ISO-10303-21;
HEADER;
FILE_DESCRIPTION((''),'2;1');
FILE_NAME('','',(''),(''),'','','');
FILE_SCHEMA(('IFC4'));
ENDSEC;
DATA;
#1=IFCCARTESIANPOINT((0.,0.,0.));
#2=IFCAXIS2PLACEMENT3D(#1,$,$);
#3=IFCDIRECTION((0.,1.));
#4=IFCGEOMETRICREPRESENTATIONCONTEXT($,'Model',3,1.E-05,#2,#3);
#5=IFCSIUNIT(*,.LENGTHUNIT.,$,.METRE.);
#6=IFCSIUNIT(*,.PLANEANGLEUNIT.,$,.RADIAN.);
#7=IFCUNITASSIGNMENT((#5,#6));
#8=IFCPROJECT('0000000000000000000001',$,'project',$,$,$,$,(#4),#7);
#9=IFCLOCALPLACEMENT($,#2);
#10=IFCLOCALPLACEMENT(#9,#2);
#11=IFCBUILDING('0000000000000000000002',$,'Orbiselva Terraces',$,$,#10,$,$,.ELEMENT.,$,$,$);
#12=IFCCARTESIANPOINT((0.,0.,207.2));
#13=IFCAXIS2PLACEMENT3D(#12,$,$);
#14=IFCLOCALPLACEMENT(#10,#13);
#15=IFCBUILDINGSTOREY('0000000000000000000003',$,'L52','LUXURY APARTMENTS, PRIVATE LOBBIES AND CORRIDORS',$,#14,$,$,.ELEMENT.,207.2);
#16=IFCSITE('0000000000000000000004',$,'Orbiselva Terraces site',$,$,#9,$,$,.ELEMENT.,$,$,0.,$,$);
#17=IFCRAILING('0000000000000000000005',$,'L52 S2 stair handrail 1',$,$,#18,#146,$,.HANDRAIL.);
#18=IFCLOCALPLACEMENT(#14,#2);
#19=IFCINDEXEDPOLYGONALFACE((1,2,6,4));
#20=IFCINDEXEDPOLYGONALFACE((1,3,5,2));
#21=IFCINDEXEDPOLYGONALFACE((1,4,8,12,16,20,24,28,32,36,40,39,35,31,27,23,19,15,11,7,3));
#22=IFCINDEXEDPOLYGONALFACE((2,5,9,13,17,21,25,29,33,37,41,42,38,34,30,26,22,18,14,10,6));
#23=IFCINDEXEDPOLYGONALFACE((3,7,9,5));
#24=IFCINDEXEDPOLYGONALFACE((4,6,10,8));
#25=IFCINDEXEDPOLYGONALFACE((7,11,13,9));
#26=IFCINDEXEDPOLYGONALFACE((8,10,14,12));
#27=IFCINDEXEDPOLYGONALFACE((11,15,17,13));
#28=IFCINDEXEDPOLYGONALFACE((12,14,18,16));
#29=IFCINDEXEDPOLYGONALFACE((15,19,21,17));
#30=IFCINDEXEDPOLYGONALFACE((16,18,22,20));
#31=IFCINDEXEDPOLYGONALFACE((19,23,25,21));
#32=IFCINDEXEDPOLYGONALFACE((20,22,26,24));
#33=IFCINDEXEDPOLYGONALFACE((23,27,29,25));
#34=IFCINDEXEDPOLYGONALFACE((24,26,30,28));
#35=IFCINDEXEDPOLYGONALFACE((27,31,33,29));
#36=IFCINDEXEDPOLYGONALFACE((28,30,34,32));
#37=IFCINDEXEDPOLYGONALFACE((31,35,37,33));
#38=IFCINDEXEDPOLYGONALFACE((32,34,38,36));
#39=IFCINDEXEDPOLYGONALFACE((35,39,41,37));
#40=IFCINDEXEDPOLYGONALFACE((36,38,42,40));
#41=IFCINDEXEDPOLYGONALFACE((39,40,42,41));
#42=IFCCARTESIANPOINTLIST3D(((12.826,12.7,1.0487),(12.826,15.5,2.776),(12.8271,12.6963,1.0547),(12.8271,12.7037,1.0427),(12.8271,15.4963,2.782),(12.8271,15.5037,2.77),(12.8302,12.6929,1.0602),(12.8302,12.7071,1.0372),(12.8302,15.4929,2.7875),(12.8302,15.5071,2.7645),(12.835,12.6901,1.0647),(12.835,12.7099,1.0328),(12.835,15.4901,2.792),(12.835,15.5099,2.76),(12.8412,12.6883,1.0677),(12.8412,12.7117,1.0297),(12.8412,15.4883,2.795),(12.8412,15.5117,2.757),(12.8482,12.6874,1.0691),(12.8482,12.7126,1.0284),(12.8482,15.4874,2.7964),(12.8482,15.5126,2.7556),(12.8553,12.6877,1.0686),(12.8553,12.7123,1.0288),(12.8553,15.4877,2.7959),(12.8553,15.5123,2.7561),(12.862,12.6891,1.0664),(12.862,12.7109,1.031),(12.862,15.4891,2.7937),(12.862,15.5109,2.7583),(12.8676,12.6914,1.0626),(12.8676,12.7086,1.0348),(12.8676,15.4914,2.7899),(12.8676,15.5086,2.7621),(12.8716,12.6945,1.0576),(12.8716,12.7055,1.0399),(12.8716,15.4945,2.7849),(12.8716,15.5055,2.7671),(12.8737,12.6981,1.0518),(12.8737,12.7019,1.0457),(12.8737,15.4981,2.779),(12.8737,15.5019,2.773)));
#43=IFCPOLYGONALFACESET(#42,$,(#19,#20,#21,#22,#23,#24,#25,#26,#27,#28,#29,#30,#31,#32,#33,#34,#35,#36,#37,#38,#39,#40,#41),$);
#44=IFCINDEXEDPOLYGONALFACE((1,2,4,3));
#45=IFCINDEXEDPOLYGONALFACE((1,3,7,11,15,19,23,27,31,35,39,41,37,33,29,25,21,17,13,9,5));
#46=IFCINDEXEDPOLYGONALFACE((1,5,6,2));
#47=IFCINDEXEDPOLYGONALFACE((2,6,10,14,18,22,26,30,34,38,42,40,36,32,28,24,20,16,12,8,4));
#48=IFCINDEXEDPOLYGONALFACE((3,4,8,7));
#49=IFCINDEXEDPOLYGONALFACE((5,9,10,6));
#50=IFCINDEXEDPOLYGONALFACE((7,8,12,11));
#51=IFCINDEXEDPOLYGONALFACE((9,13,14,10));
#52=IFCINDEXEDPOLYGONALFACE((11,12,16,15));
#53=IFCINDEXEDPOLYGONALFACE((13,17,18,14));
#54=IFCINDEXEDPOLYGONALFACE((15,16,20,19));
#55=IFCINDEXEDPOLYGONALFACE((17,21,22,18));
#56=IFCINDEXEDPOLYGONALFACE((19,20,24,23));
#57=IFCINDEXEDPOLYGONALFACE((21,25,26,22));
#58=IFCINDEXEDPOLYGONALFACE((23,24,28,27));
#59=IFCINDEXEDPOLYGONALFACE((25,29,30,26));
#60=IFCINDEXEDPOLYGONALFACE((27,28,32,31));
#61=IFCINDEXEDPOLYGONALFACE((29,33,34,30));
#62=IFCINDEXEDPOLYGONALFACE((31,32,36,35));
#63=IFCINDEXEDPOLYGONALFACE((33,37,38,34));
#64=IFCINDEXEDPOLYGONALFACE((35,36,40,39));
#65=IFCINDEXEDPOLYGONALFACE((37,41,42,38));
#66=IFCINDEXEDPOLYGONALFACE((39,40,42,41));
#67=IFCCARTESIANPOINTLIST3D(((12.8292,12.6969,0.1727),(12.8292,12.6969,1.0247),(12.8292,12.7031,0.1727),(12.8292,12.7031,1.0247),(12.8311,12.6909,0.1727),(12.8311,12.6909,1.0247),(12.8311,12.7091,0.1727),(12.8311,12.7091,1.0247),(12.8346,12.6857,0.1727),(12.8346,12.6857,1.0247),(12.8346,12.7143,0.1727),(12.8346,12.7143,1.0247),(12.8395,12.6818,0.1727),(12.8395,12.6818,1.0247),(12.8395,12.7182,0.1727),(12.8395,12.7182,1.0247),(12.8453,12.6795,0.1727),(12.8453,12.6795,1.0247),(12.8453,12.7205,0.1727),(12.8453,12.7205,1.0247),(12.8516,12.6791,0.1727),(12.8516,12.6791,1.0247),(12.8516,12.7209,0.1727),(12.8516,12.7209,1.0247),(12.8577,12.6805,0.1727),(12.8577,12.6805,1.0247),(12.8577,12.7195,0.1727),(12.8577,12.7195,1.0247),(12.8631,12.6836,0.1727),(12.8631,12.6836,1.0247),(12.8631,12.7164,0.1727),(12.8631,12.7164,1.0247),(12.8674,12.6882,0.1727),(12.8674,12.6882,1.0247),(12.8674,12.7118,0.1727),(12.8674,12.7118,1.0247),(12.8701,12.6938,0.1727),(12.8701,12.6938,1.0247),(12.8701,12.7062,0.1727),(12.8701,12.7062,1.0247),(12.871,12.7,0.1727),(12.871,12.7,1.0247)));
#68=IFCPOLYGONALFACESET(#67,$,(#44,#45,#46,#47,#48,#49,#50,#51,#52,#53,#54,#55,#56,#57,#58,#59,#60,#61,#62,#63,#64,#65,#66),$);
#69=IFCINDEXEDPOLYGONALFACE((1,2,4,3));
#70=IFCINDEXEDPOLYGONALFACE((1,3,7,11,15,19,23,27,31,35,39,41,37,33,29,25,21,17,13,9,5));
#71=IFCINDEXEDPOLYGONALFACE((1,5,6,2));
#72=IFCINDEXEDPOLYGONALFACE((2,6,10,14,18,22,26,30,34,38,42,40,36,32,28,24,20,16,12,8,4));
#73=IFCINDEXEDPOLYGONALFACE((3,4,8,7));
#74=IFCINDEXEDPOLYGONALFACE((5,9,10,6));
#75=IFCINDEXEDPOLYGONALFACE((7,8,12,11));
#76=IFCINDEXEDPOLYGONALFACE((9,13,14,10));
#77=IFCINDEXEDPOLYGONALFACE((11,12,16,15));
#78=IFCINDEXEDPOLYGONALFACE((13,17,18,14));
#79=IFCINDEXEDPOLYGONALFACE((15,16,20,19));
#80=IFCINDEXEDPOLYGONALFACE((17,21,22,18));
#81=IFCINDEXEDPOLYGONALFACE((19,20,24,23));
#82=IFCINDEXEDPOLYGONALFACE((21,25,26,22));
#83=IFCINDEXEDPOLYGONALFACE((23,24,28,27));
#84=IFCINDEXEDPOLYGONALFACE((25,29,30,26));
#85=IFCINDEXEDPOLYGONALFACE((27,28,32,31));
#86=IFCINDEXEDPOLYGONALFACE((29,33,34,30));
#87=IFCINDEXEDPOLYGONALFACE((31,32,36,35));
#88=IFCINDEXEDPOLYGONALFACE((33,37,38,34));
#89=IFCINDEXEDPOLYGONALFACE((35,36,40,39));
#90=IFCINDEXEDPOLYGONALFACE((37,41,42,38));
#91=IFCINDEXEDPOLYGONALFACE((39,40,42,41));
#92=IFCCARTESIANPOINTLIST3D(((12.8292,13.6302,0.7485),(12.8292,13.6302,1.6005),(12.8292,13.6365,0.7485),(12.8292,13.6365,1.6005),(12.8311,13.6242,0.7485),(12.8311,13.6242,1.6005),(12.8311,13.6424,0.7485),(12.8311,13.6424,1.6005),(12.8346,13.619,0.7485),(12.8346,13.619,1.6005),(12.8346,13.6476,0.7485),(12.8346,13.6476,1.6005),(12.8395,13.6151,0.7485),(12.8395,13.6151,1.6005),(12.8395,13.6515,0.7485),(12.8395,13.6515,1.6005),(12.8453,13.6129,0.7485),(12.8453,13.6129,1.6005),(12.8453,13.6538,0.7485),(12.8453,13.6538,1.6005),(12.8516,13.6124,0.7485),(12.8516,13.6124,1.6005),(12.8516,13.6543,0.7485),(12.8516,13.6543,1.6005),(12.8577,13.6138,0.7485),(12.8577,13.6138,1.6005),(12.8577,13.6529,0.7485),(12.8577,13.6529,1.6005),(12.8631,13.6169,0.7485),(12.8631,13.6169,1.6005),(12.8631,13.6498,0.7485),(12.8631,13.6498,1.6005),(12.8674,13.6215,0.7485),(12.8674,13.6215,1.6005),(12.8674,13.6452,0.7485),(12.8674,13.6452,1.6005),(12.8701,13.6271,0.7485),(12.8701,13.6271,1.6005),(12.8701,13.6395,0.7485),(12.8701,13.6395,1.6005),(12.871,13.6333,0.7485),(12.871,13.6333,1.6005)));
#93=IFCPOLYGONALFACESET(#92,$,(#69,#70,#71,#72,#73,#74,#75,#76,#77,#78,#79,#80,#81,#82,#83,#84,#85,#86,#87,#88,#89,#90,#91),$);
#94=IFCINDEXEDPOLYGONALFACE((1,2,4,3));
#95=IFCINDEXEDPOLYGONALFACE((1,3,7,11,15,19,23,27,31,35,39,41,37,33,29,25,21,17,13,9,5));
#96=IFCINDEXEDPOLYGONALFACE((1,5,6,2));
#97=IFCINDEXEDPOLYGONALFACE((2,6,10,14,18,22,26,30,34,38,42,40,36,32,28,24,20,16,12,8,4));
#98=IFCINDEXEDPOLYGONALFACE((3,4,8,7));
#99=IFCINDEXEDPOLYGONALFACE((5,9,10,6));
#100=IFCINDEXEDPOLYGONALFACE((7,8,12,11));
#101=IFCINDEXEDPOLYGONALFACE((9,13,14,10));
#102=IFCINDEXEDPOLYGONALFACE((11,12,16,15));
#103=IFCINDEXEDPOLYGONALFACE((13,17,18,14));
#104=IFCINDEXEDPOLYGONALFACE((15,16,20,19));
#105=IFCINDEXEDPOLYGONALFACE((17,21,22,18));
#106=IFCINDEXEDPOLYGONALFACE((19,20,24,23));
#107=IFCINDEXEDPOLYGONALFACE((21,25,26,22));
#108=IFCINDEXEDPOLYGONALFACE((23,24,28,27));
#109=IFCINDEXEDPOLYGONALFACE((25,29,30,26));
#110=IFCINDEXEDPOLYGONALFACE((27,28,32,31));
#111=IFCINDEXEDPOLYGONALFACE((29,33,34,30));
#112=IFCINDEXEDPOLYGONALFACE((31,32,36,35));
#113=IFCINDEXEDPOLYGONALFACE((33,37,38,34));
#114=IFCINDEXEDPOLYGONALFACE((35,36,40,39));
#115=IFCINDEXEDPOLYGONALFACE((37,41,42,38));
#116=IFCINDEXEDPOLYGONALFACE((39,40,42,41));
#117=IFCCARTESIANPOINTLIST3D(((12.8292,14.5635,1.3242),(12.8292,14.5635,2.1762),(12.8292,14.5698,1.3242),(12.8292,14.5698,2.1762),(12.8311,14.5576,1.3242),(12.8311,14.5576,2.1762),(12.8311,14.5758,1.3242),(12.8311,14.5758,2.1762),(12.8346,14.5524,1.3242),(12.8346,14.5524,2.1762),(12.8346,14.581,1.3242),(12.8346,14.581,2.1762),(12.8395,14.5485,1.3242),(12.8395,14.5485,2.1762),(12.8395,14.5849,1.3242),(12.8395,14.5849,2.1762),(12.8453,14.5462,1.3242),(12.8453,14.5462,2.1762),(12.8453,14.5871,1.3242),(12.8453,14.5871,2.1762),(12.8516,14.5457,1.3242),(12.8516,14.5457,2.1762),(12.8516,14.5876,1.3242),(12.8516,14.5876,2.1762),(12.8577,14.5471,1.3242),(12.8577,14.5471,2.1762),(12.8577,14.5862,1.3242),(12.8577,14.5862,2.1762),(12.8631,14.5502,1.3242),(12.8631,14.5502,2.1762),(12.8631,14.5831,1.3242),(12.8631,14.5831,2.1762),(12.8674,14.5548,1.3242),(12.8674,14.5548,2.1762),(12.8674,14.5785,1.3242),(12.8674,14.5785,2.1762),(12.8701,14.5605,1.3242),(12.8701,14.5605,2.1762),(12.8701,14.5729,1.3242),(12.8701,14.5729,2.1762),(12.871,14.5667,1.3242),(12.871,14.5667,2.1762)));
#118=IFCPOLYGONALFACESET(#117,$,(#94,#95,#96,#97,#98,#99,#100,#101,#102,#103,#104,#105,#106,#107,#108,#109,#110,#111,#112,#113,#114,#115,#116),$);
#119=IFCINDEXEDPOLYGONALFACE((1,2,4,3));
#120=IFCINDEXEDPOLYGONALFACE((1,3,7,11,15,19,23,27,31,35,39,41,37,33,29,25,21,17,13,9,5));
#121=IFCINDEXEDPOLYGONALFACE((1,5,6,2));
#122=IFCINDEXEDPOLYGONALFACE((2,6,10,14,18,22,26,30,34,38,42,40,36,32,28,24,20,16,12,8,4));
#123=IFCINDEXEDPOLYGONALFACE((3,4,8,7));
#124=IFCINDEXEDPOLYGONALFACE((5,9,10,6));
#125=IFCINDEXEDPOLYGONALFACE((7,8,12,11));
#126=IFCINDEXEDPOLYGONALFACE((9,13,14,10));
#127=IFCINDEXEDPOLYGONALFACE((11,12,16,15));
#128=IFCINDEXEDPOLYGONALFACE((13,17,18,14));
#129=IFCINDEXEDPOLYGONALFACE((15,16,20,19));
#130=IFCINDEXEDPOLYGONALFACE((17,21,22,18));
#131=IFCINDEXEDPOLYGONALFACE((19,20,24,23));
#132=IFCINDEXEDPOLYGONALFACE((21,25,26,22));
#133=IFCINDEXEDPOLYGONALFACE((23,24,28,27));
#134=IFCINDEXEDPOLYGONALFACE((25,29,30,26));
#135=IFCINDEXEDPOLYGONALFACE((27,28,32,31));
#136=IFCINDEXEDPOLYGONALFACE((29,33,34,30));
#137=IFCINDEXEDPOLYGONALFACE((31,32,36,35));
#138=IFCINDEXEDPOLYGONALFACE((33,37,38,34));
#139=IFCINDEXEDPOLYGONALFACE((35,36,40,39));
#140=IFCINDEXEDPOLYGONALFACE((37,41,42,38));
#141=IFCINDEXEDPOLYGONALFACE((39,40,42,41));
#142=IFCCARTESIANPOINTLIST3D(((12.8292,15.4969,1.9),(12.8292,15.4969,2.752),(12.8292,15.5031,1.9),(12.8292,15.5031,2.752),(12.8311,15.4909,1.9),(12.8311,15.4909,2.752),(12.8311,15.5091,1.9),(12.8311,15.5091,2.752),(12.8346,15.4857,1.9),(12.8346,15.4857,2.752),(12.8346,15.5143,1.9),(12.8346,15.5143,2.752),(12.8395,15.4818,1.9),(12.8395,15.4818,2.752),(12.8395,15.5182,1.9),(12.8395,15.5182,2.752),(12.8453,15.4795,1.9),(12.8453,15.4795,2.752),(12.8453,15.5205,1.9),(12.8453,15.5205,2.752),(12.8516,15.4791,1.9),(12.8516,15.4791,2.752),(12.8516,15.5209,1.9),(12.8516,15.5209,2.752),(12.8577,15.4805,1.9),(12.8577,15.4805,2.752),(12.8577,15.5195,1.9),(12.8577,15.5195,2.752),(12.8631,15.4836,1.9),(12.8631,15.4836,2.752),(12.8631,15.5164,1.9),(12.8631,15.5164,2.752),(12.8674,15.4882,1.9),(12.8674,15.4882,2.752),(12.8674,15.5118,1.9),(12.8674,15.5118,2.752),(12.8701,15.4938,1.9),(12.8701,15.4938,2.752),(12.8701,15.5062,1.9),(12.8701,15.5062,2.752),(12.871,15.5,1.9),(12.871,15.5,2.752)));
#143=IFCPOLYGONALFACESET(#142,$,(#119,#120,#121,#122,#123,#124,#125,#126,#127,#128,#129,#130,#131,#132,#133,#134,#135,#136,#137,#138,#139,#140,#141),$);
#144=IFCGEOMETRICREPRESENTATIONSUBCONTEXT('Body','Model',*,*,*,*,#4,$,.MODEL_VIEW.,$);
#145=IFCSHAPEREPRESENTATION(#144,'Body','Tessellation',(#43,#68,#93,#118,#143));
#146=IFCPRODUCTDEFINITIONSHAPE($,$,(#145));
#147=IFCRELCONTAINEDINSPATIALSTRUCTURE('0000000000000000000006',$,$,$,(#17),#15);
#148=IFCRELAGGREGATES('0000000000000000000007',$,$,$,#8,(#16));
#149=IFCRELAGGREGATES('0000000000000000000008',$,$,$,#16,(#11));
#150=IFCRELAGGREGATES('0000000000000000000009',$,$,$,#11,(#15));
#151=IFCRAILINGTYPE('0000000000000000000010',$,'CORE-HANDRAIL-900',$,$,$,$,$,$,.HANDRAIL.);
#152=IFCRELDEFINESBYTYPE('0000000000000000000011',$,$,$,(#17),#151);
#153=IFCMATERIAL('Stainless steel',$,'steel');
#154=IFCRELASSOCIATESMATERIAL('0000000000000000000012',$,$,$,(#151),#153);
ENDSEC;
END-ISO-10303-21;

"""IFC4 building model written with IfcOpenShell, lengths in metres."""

from ifc_helpers import new_model, si_unit, direction, frame, origin, origin_2d, place, context, subcontext, project, spatial, circle, extrude, material, type_object, element, save


model = new_model("IFC4")

# Units and contexts
model_context = context("Model", 3, precision=1e-05, world=origin(), true_north=direction((0.0, 1.0)))
body_context = subcontext(model_context, "Body", "Model", "MODEL_VIEW")
ifc_project = project(units=[si_unit("LENGTHUNIT", "METRE"), si_unit("PLANEANGLEUNIT", "RADIAN")], contexts=[model_context])

# Site, building, storey
site_placement = place(None, origin())
site = spatial("IfcSite", under=ifc_project, at=site_placement, Name="Orbiselva Terraces site", CompositionType="ELEMENT", RefElevation=0.0)
building_placement = place(site_placement, origin())
building = spatial("IfcBuilding", under=site, at=building_placement, Name="Orbiselva Terraces", CompositionType="ELEMENT")
storey_placement = place(building_placement, frame((0.0, 0.0, 207.2)))
storey = spatial("IfcBuildingStorey", under=building, at=storey_placement, Name="L52", Description="LUXURY APARTMENTS, PRIVATE LOBBIES AND CORRIDORS", CompositionType="ELEMENT", Elevation=207.2)

# Railing
ifc_material_1 = material(Name="Stainless steel", Category="steel")
railing_type_1 = type_object("IfcRailingType", Name="CORE-HANDRAIL-900", PredefinedType="HANDRAIL", material=ifc_material_1)
railing_1_placement = place(storey_placement, frame((12.85, 12.7, 0.1727)))
element("IfcRailing", 1, at=railing_1_placement, inside=storey, type_object=railing_type_1, Name="L52 S2 stair handrail 1", PredefinedType="HANDRAIL", context=body_context, shape_type="SweptSolid", body=[
    extrude(circle(Radius=0.024, at=origin_2d()), frame((0.0, 0.0, 0.876), z_axis=(0.0, 0.851089, 0.525022), x_axis=(-1.0, 0.0, 0.0)), (0.0, 0.0, 1.0), 3.2899),
    extrude(circle(Radius=0.021, at=origin_2d()), origin(), (0.0, 0.0, 1.0), 0.852),
    extrude(circle(Radius=0.021, at=origin_2d()), frame((0.0, 0.9333, 0.5758)), (0.0, 0.0, 1.0), 0.852),
    extrude(circle(Radius=0.021, at=origin_2d()), frame((0.0, 1.8667, 1.1515)), (0.0, 0.0, 1.0), 0.852),
    extrude(circle(Radius=0.021, at=origin_2d()), frame((0.0, 2.8, 1.7273)), (0.0, 0.0, 1.0), 0.852),
])

save(model, "model.ifc")
